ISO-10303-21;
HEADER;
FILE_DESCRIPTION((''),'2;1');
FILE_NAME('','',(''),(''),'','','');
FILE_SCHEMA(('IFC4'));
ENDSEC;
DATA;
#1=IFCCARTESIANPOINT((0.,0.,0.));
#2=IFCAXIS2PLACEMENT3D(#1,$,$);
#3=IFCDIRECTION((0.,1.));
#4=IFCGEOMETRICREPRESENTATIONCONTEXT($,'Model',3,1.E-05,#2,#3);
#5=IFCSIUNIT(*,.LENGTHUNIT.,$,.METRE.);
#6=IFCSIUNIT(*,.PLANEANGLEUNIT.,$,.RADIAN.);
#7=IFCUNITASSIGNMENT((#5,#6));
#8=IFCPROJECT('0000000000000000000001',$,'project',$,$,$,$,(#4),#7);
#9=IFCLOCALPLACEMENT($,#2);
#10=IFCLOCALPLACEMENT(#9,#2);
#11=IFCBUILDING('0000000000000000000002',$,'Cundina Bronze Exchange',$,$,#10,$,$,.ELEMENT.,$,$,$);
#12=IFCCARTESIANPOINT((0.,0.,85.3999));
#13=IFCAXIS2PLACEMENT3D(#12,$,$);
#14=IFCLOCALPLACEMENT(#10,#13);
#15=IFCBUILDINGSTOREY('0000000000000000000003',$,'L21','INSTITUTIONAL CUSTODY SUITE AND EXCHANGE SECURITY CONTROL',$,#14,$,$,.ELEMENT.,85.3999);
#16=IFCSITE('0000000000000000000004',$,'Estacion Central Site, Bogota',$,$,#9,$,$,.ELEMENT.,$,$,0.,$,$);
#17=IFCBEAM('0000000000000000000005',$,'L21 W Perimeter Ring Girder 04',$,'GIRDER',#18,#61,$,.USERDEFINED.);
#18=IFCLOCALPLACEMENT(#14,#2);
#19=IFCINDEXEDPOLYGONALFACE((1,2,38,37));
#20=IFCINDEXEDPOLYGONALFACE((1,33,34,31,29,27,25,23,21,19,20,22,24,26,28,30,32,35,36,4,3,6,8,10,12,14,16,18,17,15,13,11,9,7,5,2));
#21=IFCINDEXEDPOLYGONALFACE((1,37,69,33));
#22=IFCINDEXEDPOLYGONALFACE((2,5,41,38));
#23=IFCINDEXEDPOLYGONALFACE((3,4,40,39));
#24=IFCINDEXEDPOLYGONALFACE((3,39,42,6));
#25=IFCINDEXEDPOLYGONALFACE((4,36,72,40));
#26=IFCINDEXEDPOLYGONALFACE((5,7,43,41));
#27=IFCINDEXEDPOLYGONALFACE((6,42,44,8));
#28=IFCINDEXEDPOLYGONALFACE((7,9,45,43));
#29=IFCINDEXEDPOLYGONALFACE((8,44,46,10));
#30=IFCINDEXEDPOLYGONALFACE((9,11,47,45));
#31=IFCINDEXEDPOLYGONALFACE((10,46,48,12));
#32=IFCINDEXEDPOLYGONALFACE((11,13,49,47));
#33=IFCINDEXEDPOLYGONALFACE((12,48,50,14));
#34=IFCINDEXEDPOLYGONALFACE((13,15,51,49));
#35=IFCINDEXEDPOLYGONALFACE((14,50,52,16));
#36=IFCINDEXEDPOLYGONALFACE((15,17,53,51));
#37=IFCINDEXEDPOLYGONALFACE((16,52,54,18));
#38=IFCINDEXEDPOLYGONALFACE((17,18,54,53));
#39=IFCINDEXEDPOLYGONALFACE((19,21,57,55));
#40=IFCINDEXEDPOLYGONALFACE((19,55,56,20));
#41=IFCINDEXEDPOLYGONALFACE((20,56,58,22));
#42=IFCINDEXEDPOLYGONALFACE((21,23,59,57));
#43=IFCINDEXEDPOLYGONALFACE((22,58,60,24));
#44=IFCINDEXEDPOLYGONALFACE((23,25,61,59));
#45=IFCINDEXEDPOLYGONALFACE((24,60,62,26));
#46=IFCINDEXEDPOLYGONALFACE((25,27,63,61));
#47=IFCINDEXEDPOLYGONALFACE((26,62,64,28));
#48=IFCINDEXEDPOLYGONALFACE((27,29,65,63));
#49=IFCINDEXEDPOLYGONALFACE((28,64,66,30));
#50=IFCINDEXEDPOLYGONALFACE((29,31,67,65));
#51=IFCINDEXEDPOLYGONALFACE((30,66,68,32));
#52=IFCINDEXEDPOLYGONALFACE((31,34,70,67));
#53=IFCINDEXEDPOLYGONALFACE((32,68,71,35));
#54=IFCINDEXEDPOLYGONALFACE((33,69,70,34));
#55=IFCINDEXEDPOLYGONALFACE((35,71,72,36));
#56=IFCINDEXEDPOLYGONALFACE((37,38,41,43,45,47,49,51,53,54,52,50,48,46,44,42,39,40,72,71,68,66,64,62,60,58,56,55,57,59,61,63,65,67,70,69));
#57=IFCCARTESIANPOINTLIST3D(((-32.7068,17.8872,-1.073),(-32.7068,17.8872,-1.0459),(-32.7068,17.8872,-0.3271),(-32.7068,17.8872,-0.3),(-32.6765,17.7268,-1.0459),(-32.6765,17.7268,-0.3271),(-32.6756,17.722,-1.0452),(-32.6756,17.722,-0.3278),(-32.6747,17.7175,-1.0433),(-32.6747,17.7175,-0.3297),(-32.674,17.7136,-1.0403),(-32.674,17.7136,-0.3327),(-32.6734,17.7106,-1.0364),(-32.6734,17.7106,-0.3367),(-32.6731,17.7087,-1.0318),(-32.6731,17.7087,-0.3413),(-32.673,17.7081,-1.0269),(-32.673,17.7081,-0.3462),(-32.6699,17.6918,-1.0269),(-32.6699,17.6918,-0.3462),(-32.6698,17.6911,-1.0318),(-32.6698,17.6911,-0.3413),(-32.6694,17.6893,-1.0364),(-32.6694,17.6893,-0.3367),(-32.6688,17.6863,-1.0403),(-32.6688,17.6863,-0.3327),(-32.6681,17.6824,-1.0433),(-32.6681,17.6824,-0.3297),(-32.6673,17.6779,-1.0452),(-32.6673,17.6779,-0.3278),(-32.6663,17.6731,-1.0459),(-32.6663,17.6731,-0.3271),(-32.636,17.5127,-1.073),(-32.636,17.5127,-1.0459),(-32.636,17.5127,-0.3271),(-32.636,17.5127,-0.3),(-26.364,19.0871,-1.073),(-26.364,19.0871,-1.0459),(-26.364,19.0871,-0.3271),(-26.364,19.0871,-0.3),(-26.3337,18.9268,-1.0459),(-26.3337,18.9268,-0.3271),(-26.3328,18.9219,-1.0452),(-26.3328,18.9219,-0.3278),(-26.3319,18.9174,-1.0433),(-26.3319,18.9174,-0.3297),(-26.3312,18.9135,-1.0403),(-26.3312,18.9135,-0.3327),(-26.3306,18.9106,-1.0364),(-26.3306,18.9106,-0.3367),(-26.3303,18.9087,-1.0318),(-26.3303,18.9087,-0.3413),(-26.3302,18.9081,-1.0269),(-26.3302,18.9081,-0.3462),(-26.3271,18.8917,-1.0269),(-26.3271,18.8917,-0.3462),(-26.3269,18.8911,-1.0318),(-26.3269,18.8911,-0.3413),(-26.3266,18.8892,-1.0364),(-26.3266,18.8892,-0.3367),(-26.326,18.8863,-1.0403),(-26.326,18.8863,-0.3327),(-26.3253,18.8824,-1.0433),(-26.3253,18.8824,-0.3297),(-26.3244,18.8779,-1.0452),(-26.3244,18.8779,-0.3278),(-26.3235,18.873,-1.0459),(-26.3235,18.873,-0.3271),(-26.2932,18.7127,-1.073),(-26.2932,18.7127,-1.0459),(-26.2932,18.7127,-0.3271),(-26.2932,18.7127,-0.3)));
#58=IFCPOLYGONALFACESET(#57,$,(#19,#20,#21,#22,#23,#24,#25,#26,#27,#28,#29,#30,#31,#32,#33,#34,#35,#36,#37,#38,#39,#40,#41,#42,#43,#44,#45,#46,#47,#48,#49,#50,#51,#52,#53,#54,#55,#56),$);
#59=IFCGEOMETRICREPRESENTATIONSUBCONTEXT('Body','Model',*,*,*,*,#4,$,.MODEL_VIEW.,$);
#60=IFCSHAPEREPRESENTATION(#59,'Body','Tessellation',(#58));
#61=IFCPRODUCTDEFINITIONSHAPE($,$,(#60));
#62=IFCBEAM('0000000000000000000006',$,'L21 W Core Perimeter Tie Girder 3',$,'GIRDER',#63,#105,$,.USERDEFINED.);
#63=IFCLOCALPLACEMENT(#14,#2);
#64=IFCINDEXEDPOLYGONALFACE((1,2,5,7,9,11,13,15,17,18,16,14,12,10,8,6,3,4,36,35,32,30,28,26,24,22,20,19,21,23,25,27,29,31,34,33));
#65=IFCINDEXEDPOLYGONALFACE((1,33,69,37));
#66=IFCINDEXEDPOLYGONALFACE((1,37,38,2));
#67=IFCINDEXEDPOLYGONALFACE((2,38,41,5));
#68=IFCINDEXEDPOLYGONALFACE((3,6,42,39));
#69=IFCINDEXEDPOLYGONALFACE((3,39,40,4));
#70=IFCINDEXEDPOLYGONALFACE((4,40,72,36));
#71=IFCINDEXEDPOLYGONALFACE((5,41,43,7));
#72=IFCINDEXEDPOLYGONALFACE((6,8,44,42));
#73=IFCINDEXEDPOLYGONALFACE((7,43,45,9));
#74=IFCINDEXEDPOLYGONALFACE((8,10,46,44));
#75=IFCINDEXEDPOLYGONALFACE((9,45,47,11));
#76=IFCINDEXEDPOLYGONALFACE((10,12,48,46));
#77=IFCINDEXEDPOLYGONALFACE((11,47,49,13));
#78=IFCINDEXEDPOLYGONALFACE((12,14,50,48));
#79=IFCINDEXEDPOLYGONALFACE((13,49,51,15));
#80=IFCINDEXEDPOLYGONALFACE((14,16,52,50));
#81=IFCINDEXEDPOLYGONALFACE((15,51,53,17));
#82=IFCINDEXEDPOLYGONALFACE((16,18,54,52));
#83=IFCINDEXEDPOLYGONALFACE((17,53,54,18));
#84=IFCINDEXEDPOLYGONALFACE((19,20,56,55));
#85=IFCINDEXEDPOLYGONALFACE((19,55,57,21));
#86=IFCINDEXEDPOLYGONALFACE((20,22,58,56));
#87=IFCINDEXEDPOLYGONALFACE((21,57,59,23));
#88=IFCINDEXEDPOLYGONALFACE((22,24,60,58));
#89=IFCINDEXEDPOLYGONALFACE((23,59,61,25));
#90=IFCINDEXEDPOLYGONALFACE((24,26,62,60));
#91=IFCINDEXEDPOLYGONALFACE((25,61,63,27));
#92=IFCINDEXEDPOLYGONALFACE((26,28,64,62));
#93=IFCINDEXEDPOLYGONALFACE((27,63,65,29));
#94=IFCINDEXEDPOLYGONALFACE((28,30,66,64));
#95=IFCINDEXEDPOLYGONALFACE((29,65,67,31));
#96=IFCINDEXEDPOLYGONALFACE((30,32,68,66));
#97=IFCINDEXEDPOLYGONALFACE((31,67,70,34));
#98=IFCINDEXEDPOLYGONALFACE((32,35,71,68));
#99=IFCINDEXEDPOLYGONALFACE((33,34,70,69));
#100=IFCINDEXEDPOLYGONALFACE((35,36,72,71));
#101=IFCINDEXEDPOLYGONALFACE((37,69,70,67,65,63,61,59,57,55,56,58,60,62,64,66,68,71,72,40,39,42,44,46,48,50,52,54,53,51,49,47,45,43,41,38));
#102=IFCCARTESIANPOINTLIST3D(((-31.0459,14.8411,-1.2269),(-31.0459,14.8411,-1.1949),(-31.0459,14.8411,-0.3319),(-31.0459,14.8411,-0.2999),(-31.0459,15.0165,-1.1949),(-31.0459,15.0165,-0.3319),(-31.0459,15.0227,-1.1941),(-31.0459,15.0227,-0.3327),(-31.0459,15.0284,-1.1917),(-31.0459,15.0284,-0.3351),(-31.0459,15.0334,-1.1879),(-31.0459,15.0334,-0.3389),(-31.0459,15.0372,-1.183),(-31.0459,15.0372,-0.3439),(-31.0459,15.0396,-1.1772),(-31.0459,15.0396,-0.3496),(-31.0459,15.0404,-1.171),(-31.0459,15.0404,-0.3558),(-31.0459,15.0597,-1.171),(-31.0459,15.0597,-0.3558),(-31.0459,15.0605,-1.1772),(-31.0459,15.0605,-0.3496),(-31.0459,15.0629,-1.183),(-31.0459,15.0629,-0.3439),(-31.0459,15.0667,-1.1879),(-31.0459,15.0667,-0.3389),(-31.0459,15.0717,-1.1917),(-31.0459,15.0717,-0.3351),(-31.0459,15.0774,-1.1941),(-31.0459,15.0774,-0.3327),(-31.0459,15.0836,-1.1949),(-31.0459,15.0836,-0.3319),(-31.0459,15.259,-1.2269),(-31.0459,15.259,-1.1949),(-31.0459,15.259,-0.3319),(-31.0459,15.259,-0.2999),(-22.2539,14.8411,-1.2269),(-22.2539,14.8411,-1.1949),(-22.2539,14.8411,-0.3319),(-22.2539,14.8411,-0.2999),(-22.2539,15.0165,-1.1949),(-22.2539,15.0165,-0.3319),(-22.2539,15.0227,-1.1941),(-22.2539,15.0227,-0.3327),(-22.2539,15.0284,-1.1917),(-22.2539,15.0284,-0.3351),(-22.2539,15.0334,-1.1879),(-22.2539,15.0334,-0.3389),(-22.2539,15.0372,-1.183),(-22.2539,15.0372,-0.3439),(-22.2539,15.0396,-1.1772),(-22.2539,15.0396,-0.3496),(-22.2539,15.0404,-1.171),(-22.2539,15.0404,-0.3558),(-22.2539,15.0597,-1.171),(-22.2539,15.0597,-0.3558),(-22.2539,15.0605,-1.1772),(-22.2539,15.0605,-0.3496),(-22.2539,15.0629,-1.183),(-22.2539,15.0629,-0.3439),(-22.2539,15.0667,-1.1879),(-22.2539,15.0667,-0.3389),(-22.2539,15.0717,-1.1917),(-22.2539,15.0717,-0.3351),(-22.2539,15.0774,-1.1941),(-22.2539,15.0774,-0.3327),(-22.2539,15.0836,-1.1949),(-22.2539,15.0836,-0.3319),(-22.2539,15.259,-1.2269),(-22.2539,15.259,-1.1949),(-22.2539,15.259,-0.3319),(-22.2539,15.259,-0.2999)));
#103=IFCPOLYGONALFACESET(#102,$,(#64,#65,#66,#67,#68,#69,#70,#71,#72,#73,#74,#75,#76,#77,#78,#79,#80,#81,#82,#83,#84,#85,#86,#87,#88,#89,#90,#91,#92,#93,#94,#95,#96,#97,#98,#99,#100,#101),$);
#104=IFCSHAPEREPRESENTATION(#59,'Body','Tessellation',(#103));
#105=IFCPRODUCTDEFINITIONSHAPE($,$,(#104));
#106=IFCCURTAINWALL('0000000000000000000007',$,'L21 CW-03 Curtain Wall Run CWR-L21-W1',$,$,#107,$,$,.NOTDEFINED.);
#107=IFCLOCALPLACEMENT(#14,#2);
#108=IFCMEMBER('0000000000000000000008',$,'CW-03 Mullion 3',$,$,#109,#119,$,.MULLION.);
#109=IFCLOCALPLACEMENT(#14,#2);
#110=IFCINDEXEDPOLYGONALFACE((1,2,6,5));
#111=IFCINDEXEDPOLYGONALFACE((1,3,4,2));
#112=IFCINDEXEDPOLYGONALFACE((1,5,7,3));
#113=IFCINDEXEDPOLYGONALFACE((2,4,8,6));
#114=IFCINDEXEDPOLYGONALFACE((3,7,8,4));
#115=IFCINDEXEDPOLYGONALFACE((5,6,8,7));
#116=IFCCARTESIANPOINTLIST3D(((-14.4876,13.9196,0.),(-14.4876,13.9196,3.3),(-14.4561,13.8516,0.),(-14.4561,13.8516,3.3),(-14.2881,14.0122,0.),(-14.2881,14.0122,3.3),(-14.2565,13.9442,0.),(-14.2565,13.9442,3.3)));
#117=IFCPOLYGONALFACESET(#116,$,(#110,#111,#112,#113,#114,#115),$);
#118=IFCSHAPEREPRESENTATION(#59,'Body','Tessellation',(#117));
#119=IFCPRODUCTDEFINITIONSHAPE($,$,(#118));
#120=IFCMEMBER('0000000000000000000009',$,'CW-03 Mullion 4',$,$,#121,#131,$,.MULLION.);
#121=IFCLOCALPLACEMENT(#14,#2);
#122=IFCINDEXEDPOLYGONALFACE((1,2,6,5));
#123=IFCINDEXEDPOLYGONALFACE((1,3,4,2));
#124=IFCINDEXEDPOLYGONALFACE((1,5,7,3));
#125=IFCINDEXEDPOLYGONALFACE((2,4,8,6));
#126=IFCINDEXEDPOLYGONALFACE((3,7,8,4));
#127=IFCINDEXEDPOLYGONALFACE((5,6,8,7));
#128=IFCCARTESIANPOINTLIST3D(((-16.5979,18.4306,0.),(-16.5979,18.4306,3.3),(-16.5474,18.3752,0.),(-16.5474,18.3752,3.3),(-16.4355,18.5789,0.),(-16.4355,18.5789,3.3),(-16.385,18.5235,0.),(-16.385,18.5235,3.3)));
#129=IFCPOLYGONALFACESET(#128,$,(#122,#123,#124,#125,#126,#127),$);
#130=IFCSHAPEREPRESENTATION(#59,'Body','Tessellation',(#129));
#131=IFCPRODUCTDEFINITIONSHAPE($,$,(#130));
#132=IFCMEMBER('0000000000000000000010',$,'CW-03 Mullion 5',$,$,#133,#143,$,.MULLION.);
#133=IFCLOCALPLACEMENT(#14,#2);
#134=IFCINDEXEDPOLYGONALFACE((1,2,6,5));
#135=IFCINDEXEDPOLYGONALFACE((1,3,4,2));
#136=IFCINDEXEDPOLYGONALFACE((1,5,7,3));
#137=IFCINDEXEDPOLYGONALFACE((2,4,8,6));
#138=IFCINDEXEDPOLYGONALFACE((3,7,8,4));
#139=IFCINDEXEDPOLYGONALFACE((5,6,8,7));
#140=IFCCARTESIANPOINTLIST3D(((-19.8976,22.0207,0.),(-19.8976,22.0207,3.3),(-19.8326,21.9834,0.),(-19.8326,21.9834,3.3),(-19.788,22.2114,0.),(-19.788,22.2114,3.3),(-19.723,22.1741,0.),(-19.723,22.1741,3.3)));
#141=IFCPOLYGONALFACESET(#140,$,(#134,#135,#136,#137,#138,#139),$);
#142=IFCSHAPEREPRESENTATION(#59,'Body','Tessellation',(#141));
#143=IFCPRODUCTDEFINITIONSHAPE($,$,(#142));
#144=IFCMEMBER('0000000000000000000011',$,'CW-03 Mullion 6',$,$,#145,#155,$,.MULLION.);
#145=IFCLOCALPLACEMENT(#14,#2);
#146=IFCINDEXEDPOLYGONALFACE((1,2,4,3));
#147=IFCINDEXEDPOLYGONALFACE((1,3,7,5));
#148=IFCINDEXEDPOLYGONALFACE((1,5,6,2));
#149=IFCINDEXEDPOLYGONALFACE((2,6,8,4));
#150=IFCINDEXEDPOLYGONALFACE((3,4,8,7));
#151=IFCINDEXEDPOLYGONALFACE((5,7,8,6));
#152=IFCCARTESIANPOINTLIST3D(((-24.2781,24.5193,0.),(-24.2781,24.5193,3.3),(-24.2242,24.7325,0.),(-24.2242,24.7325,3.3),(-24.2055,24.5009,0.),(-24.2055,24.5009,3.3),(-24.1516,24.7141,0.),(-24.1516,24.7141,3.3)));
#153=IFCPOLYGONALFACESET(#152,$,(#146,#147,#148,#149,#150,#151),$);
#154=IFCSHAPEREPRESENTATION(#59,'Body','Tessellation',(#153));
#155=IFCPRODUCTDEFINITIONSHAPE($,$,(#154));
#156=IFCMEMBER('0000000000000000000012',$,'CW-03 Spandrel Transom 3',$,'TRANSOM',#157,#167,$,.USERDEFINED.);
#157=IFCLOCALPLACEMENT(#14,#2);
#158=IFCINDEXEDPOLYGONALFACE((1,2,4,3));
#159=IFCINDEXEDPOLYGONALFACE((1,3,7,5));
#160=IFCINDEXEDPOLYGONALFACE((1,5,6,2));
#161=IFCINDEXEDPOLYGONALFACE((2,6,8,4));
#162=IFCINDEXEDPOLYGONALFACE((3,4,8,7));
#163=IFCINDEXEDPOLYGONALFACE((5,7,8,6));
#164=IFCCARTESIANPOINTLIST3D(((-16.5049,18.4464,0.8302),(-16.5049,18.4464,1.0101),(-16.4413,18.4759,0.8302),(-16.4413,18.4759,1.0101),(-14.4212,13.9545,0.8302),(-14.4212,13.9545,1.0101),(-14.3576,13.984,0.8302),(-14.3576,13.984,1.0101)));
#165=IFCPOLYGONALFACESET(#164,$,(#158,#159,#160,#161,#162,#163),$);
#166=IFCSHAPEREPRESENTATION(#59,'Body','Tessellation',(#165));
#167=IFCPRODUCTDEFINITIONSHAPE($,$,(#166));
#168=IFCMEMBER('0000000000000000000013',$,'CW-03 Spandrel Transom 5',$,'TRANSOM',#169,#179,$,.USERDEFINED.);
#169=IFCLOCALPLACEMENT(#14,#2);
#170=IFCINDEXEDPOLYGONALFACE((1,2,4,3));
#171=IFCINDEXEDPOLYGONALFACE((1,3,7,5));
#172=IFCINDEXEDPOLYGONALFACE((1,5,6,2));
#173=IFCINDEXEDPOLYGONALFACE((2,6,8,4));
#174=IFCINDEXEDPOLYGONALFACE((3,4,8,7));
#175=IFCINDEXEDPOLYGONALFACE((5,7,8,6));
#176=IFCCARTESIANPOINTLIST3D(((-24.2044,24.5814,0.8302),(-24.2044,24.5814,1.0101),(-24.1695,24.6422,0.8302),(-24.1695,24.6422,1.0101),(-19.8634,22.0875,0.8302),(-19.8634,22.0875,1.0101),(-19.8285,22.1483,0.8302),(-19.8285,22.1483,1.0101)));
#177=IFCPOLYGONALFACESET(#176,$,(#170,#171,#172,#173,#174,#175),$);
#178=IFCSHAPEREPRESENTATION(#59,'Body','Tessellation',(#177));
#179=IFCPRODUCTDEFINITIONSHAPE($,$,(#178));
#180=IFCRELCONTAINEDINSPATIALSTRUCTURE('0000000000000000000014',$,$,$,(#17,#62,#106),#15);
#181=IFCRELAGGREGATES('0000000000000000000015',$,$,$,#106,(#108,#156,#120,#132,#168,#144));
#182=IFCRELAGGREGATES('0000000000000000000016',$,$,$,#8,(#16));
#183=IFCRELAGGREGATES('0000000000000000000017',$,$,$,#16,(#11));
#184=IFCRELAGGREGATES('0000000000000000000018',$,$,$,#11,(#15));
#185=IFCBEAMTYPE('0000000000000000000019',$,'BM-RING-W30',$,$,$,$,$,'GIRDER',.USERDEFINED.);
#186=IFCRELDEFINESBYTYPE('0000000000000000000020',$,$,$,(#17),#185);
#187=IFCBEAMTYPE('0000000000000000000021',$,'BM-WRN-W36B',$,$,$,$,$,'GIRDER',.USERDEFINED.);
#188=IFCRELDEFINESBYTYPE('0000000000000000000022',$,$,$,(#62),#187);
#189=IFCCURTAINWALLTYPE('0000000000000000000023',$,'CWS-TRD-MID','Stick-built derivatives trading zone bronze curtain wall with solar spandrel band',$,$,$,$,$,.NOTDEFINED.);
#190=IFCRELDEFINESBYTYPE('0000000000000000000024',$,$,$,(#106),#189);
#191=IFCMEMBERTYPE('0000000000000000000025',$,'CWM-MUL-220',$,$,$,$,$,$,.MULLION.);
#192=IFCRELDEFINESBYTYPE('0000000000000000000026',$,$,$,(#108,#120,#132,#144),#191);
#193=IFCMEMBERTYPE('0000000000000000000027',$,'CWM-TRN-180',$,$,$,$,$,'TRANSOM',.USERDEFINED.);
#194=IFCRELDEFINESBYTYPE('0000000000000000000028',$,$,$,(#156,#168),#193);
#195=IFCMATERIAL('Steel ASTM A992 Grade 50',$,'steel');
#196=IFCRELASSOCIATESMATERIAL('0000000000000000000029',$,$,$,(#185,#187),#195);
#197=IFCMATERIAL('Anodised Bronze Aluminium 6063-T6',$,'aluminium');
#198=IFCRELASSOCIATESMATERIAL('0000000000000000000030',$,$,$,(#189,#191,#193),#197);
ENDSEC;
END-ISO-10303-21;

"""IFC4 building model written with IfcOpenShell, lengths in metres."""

from ifc_helpers import new_model, si_unit, direction, frame, origin, origin_2d, place, context, subcontext, project, spatial, rectangle, i_section, extrude, material, material_profile, profile_set, type_object, element, aggregate, save


model = new_model("IFC4")

# Units and contexts
model_context = context("Model", 3, precision=1e-05, world=origin(), true_north=direction((0.0, 1.0)))
body_context = subcontext(model_context, "Body", "Model", "MODEL_VIEW")
ifc_project = project(units=[si_unit("LENGTHUNIT", "METRE"), si_unit("PLANEANGLEUNIT", "RADIAN")], contexts=[model_context])

# Site, building, storey
site_placement = place(None, origin())
site = spatial("IfcSite", under=ifc_project, at=site_placement, Name="Estacion Central Site, Bogota", CompositionType="ELEMENT", RefElevation=0.0)
building_placement = place(site_placement, origin())
building = spatial("IfcBuilding", under=site, at=building_placement, Name="Cundina Bronze Exchange", CompositionType="ELEMENT")
storey_placement = place(building_placement, frame((0.0, 0.0, 85.3999)))
storey = spatial("IfcBuildingStorey", under=building, at=storey_placement, Name="L21", Description="INSTITUTIONAL CUSTODY SUITE AND EXCHANGE SECURITY CONTROL", CompositionType="ELEMENT", Elevation=85.3999)

# Shared definitions
ifc_material_1 = material(Name="Steel ASTM A992 Grade 50", Category="steel")

# Beams
ifc_material_profile_1 = material_profile(ifc_material_1, i_section(OverallWidth=0.3811, OverallDepth=0.7729, WebThickness=0.0166, FlangeThickness=0.0271, FilletRadius=0.019, at=origin_2d()), Name="W30X173", Category="steel")
ifc_profile_set_1 = profile_set([ifc_material_profile_1], Name="Steel ASTM A992 Grade 50")
beam_type_1 = type_object("IfcBeamType", Name="BM-RING-W30", ElementType="GIRDER", PredefinedType="USERDEFINED", material=ifc_profile_set_1)
beam_1_placement = place(storey_placement, frame((-26.3286, 18.8999, -0.6865), z_axis=(-0.982571, -0.185887, 0.0), x_axis=(0.185887, -0.982571, 0.0)))
element("IfcBeam", 1, at=beam_1_placement, inside=storey, type_object=beam_type_1, Name="L21 W Perimeter Ring Girder 04", ObjectType="GIRDER", PredefinedType="USERDEFINED", context=body_context, shape_type="SweptSolid", body=[
    extrude(i_section(OverallWidth=0.3811, OverallDepth=0.7729, WebThickness=0.0166, FlangeThickness=0.0271, FilletRadius=0.019, at=origin_2d()), origin(), (0.0, 0.0, 1.0), 6.4553),
])
ifc_material_profile_2 = material_profile(ifc_material_1, i_section(OverallWidth=0.418, OverallDepth=0.927, WebThickness=0.0193, FlangeThickness=0.032, FilletRadius=0.0239, at=origin_2d()), Name="W36X231", Category="steel")
ifc_profile_set_2 = profile_set([ifc_material_profile_2], Name="Steel ASTM A992 Grade 50")
beam_type_2 = type_object("IfcBeamType", Name="BM-WRN-W36B", ElementType="GIRDER", PredefinedType="USERDEFINED", material=ifc_profile_set_2)
beam_2_placement = place(storey_placement, frame((-22.2539, 15.05, -0.7634), z_axis=(-1.0, 0.0, 0.0), x_axis=(0.0, -1.0, 0.0)))
element("IfcBeam", 2, at=beam_2_placement, inside=storey, type_object=beam_type_2, Name="L21 W Core Perimeter Tie Girder 3", ObjectType="GIRDER", PredefinedType="USERDEFINED", context=body_context, shape_type="SweptSolid", body=[
    extrude(i_section(OverallWidth=0.418, OverallDepth=0.927, WebThickness=0.0193, FlangeThickness=0.032, FilletRadius=0.0239, at=origin_2d()), origin(), (0.0, 0.0, 1.0), 8.792),
])

# Curtain wall, members
ifc_material_2 = material(Name="Anodised Bronze Aluminium 6063-T6", Category="aluminium")
curtain_wall_type = type_object("IfcCurtainWallType", Name="CWS-TRD-MID", Description="Stick-built derivatives trading zone bronze curtain wall with solar spandrel band", PredefinedType="NOTDEFINED", material=ifc_material_2)
curtain_wall_placement = place(storey_placement, origin())
curtain_wall = element("IfcCurtainWall", 3, at=curtain_wall_placement, inside=storey, type_object=curtain_wall_type, Name="L21 CW-03 Curtain Wall Run CWR-L21-W1", PredefinedType="NOTDEFINED")
ifc_material_profile_3 = material_profile(ifc_material_2, rectangle(XDim=0.075, YDim=0.22, at=origin_2d()), Name="AL75X220", Category="aluminium")
ifc_profile_set_3 = profile_set([ifc_material_profile_3], Name="Anodised Bronze Aluminium 6063-T6")
member_type_1 = type_object("IfcMemberType", Name="CWM-MUL-220", PredefinedType="MULLION", material=ifc_profile_set_3)
member_1_placement = place(storey_placement, frame((-14.3721, 13.9319, 0.0), z_axis=(0.0, 0.0, 1.0), x_axis=(-0.420877, 0.907117, 0.0)))
member_1 = element("IfcMember", 4, at=member_1_placement, type_object=member_type_1, Name="CW-03 Mullion 3", PredefinedType="MULLION", context=body_context, shape_type="SweptSolid", body=[
    extrude(rectangle(XDim=0.075, YDim=0.22, at=origin_2d()), origin(), (0.0, 0.0, 1.0), 3.3),
])
member_2_placement = place(storey_placement, frame((-16.4915, 18.4771, 0.0), z_axis=(0.0, 0.0, 1.0), x_axis=(-0.674302, 0.738455, 0.0)))
member_2 = element("IfcMember", 5, at=member_2_placement, type_object=member_type_1, Name="CW-03 Mullion 4", PredefinedType="MULLION", context=body_context, shape_type="SweptSolid", body=[
    extrude(rectangle(XDim=0.075, YDim=0.22, at=origin_2d()), origin(), (0.0, 0.0, 1.0), 3.3),
])
member_3_placement = place(storey_placement, frame((-19.8103, 22.0974, 0.0), z_axis=(0.0, 0.0, 1.0), x_axis=(-0.867071, 0.498185, 0.0)))
member_3 = element("IfcMember", 6, at=member_3_placement, type_object=member_type_1, Name="CW-03 Mullion 5", PredefinedType="MULLION", context=body_context, shape_type="SweptSolid", body=[
    extrude(rectangle(XDim=0.075, YDim=0.22, at=origin_2d()), origin(), (0.0, 0.0, 1.0), 3.3),
])
member_4_placement = place(storey_placement, frame((-24.2148, 24.6167, 0.0), z_axis=(0.0, 0.0, 1.0), x_axis=(-0.969488, 0.245138, 0.0)))
member_4 = element("IfcMember", 7, at=member_4_placement, type_object=member_type_1, Name="CW-03 Mullion 6", PredefinedType="MULLION", context=body_context, shape_type="SweptSolid", body=[
    extrude(rectangle(XDim=0.075, YDim=0.22, at=origin_2d()), origin(), (0.0, 0.0, 1.0), 3.3),
])
ifc_material_profile_4 = material_profile(ifc_material_2, rectangle(XDim=0.0701, YDim=0.1799, at=origin_2d()), Name="AL70X180", Category="aluminium")
ifc_profile_set_4 = profile_set([ifc_material_profile_4], Name="Anodised Bronze Aluminium 6063-T6")
member_type_2 = type_object("IfcMemberType", Name="CWM-TRN-180", ElementType="TRANSOM", PredefinedType="USERDEFINED", material=ifc_profile_set_4)
member_5_placement = place(storey_placement, frame((-14.3894, 13.9692, 0.9202), z_axis=(-0.420811, 0.907148, 0.0), x_axis=(-0.907148, -0.420811, 0.0)))
member_5 = element("IfcMember", 8, at=member_5_placement, type_object=member_type_2, Name="CW-03 Spandrel Transom 3", ObjectType="TRANSOM", PredefinedType="USERDEFINED", context=body_context, shape_type="SweptSolid", body=[
    extrude(rectangle(XDim=0.0701, YDim=0.1799, at=origin_2d()), origin(), (0.0, 0.0, 1.0), 4.9517),
])
member_6_placement = place(storey_placement, frame((-19.8459, 22.1179, 0.9202), z_axis=(-0.867097, 0.498139, 0.0), x_axis=(-0.498139, -0.867097, 0.0)))
member_6 = element("IfcMember", 9, at=member_6_placement, type_object=member_type_2, Name="CW-03 Spandrel Transom 5", ObjectType="TRANSOM", PredefinedType="USERDEFINED", context=body_context, shape_type="SweptSolid", body=[
    extrude(rectangle(XDim=0.0701, YDim=0.1799, at=origin_2d()), origin(), (0.0, 0.0, 1.0), 5.0063),
])
aggregate(curtain_wall, [member_1, member_5, member_2, member_3, member_6, member_4])

save(model, "model.ifc")
